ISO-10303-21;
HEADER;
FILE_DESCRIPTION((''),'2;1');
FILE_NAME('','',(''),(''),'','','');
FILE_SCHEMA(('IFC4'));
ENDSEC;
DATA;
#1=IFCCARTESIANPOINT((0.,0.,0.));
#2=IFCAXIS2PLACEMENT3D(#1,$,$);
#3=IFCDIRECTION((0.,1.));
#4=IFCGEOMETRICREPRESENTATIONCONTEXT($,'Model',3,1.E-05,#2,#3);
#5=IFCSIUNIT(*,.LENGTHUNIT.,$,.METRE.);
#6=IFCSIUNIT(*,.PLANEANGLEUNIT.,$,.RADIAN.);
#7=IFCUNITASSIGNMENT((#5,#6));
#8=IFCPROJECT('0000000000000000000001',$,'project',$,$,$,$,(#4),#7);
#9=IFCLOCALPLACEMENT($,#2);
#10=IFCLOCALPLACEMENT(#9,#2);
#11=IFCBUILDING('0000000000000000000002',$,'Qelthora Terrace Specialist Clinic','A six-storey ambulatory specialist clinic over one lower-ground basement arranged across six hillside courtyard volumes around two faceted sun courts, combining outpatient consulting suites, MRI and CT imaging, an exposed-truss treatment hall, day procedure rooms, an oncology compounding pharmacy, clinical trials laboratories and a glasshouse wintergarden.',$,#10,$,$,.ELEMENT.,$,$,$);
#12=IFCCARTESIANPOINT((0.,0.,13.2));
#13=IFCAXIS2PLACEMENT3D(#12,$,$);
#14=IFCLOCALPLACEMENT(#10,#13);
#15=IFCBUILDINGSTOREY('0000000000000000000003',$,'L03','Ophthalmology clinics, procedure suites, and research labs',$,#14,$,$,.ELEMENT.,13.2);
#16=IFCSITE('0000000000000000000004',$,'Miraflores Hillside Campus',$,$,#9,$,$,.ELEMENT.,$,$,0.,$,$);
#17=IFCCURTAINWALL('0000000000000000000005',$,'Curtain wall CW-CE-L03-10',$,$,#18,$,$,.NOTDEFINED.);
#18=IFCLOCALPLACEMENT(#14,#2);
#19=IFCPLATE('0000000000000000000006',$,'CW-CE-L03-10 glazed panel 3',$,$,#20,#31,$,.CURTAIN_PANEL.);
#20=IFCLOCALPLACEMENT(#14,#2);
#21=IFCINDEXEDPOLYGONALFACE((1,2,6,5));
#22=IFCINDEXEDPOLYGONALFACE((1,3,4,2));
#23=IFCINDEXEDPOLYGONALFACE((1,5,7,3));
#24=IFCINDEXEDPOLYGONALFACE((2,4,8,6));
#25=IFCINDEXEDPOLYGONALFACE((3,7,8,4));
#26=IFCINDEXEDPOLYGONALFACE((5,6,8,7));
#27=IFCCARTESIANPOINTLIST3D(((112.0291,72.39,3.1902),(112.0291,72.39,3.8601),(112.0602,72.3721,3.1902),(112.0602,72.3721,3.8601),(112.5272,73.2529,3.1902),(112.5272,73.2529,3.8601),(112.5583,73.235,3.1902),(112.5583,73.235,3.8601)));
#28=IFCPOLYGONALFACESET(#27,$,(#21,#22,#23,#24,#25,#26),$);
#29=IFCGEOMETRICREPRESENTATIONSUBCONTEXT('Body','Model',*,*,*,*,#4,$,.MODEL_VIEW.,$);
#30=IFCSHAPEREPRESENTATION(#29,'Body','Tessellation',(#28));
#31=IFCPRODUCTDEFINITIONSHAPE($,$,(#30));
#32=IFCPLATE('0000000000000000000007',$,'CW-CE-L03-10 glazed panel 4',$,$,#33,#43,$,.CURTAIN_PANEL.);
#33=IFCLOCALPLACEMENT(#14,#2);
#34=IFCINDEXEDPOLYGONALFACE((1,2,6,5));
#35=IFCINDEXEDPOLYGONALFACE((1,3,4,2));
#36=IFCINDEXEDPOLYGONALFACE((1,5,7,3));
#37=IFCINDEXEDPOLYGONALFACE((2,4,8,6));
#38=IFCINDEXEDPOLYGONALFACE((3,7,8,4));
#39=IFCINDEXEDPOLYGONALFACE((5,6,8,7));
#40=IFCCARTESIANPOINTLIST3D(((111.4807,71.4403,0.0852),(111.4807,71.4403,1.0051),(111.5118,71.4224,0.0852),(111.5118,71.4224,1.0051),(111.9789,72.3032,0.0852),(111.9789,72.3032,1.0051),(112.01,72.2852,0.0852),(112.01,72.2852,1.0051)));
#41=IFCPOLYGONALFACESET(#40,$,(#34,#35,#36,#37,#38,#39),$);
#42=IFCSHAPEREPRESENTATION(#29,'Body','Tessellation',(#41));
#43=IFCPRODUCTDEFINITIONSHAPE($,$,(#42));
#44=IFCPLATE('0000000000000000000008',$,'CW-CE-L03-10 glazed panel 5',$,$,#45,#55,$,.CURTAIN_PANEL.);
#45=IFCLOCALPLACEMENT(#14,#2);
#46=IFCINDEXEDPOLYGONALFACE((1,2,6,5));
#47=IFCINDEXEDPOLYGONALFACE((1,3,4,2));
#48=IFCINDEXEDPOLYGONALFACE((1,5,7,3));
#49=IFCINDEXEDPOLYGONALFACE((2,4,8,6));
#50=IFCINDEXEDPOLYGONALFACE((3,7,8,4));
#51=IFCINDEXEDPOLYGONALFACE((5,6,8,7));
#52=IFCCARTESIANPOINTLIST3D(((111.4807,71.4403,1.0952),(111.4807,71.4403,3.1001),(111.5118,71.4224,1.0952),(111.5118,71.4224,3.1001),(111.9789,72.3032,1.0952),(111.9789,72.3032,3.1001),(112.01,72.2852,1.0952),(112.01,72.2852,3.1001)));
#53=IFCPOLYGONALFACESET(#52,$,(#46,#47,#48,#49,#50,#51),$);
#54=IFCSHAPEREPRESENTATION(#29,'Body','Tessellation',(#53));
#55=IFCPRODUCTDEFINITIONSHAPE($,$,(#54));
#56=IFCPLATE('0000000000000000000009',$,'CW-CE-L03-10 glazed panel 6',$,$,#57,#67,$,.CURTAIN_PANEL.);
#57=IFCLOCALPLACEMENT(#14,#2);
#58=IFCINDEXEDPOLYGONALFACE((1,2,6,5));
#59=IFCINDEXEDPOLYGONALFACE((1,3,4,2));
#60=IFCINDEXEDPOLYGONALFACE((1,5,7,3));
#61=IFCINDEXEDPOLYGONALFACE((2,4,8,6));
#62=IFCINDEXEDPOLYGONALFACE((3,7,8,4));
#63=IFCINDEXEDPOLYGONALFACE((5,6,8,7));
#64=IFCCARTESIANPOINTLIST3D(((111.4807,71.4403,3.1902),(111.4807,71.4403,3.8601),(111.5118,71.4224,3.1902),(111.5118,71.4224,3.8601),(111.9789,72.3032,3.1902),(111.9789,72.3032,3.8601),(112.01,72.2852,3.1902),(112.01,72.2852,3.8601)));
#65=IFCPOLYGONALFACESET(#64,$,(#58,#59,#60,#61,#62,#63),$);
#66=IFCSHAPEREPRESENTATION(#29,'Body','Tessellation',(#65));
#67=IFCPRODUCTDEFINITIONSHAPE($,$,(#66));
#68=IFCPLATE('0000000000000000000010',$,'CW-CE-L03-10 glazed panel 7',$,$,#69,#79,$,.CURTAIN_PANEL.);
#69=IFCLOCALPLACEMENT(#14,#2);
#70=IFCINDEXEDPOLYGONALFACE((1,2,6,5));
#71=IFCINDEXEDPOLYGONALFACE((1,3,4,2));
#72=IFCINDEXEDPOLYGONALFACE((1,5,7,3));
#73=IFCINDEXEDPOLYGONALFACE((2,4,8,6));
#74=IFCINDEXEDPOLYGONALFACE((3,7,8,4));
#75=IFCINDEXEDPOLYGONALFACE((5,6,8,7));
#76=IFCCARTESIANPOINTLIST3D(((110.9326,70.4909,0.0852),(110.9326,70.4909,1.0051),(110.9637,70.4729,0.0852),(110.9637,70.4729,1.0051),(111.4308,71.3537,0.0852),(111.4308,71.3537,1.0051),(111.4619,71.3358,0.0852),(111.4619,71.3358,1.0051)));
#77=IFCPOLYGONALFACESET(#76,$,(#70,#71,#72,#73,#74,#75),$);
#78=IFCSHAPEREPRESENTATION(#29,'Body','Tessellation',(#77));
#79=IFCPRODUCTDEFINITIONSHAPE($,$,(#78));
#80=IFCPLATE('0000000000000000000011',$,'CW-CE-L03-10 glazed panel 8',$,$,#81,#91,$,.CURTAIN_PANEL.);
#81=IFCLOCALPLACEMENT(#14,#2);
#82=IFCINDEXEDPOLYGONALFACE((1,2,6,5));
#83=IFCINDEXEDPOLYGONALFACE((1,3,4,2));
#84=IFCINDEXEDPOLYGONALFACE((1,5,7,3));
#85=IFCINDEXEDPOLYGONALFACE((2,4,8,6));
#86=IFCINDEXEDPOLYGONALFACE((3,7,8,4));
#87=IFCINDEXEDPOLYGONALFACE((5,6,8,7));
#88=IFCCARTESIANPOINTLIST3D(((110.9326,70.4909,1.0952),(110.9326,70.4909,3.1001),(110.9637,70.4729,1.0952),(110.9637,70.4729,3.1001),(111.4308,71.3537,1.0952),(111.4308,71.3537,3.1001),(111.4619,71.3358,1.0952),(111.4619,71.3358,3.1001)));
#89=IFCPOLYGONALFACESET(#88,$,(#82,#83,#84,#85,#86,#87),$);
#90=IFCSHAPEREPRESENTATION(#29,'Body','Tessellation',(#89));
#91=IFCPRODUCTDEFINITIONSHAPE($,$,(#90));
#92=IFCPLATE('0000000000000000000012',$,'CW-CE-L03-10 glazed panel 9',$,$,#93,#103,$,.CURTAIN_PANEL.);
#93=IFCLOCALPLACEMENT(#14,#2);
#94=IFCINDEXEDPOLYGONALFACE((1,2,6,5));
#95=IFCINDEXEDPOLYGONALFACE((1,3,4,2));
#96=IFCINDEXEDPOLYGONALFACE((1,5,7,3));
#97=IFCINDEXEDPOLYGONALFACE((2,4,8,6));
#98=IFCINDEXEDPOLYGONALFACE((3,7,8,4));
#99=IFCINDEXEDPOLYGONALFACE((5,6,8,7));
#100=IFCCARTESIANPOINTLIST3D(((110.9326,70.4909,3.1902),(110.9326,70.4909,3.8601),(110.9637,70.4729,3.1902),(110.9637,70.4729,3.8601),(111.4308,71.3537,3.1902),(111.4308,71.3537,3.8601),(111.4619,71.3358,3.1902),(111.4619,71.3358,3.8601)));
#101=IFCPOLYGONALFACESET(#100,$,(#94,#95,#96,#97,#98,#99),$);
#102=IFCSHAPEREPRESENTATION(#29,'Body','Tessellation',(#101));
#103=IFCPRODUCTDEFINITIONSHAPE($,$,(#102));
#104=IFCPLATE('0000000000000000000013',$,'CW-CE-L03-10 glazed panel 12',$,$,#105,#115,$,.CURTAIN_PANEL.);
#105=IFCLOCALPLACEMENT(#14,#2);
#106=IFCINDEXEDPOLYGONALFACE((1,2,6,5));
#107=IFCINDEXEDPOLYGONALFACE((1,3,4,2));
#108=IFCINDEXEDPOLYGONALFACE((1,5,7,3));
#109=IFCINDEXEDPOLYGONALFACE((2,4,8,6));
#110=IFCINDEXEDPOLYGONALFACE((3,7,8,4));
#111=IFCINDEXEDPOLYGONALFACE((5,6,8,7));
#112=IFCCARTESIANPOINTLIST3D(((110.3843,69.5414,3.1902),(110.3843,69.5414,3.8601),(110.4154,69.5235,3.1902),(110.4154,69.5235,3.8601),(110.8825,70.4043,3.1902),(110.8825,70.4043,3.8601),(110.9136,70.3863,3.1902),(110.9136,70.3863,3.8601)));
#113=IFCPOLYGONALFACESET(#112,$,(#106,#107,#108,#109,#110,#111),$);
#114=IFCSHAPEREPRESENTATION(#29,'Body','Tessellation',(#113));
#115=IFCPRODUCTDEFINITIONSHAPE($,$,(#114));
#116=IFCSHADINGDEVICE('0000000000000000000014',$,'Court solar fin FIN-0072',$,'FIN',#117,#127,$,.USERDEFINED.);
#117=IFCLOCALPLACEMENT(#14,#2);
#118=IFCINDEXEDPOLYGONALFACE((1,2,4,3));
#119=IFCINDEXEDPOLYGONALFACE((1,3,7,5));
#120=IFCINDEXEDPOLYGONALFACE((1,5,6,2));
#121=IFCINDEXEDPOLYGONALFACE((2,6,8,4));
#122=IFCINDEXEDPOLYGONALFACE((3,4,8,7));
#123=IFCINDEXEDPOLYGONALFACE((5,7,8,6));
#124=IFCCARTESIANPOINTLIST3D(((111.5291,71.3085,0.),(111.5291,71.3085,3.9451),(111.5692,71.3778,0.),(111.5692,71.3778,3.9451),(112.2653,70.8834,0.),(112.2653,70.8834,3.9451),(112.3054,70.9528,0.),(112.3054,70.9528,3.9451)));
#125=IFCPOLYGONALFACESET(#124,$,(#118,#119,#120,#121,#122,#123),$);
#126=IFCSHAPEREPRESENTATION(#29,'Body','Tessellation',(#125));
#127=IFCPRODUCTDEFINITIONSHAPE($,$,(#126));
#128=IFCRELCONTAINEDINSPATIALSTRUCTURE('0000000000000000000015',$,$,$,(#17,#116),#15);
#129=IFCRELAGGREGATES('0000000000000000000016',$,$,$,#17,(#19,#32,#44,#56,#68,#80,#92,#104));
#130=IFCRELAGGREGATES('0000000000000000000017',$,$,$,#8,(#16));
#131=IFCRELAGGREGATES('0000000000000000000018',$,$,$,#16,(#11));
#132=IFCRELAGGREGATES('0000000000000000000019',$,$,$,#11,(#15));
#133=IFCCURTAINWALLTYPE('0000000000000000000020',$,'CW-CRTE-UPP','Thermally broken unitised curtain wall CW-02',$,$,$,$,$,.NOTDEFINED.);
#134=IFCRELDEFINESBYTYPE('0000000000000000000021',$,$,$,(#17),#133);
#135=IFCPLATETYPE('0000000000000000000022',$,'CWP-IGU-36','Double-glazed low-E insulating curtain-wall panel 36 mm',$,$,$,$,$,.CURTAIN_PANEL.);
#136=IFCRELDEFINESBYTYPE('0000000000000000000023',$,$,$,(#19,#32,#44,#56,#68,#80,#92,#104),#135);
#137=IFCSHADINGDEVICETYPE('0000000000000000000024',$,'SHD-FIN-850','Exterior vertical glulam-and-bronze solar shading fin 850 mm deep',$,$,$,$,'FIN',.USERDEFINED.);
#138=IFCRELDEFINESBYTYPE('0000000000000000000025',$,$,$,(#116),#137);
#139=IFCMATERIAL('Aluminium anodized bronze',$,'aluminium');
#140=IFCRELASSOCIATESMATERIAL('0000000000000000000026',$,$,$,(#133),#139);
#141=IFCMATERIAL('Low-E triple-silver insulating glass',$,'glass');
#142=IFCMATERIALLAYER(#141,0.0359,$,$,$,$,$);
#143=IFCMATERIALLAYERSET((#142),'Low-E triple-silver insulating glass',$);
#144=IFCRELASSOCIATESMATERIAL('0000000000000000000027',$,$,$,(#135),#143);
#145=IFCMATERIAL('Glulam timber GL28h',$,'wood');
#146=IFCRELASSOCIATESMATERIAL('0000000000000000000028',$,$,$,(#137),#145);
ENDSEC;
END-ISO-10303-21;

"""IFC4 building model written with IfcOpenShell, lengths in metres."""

from ifc_helpers import new_model, si_unit, direction, frame, origin, origin_2d, place, context, subcontext, project, spatial, rectangle, extrude, material, layer, layer_set, type_object, element, aggregate, save


model = new_model("IFC4")

# Units and contexts
model_context = context("Model", 3, precision=1e-05, world=origin(), true_north=direction((0.0, 1.0)))
body_context = subcontext(model_context, "Body", "Model", "MODEL_VIEW")
ifc_project = project(units=[si_unit("LENGTHUNIT", "METRE"), si_unit("PLANEANGLEUNIT", "RADIAN")], contexts=[model_context])

# Site, building, storey
site_placement = place(None, origin())
site = spatial("IfcSite", under=ifc_project, at=site_placement, Name="Miraflores Hillside Campus", CompositionType="ELEMENT", RefElevation=0.0)
building_placement = place(site_placement, origin())
building = spatial("IfcBuilding", under=site, at=building_placement, Name="Qelthora Terrace Specialist Clinic", Description="A six-storey ambulatory specialist clinic over one lower-ground basement arranged across six hillside courtyard volumes around two faceted sun courts, combining outpatient consulting suites, MRI and CT imaging, an exposed-truss treatment hall, day procedure rooms, an oncology compounding pharmacy, clinical trials laboratories and a glasshouse wintergarden.", CompositionType="ELEMENT")
storey_placement = place(building_placement, frame((0.0, 0.0, 13.2)))
storey = spatial("IfcBuildingStorey", under=building, at=storey_placement, Name="L03", Description="Ophthalmology clinics, procedure suites, and research labs", CompositionType="ELEMENT", Elevation=13.2)

# Shared definitions
ifc_material_1 = material(Name="Aluminium anodized bronze", Category="aluminium")
curtain_wall_type = type_object("IfcCurtainWallType", Name="CW-CRTE-UPP", Description="Thermally broken unitised curtain wall CW-02", PredefinedType="NOTDEFINED", material=ifc_material_1)

# Curtain wall
curtain_wall_1_placement = place(storey_placement, origin())
curtain_wall_1 = element("IfcCurtainWall", 1, at=curtain_wall_1_placement, inside=storey, type_object=curtain_wall_type, Name="Curtain wall CW-CE-L03-10", PredefinedType="NOTDEFINED")

# Plates
ifc_material_2 = material(Name="Low-E triple-silver insulating glass", Category="glass")
ifc_layer = layer(ifc_material_2, 0.0359)
ifc_layer_set = layer_set([ifc_layer], Name="Low-E triple-silver insulating glass")
plate_type = type_object("IfcPlateType", Name="CWP-IGU-36", Description="Double-glazed low-E insulating curtain-wall panel 36 mm", PredefinedType="CURTAIN_PANEL", material=ifc_layer_set)
plate_1_placement = place(storey_placement, frame((112.2937, 72.8125, 3.1902), z_axis=(0.0, 0.0, 1.0), x_axis=(-0.5, -0.866025, 0.0)))
plate_1 = element("IfcPlate", 2, at=plate_1_placement, type_object=plate_type, Name="CW-CE-L03-10 glazed panel 3", PredefinedType="CURTAIN_PANEL", context=body_context, shape_type="SweptSolid", body=[
    extrude(rectangle(XDim=0.9963, YDim=0.0359, at=origin_2d()), origin(), (0.0, 0.0, 1.0), 0.6699),
])
plate_2_placement = place(storey_placement, frame((111.7454, 71.8628, 0.0852), z_axis=(0.0, 0.0, 1.0), x_axis=(-0.5, -0.866025, 0.0)))
plate_2 = element("IfcPlate", 3, at=plate_2_placement, type_object=plate_type, Name="CW-CE-L03-10 glazed panel 4", PredefinedType="CURTAIN_PANEL", context=body_context, shape_type="SweptSolid", body=[
    extrude(rectangle(XDim=0.9963, YDim=0.0359, at=origin_2d()), origin(), (0.0, 0.0, 1.0), 0.9199),
])
plate_3_placement = place(storey_placement, frame((111.7454, 71.8628, 1.0952), z_axis=(0.0, 0.0, 1.0), x_axis=(-0.5, -0.866025, 0.0)))
plate_3 = element("IfcPlate", 4, at=plate_3_placement, type_object=plate_type, Name="CW-CE-L03-10 glazed panel 5", PredefinedType="CURTAIN_PANEL", context=body_context, shape_type="SweptSolid", body=[
    extrude(rectangle(XDim=0.9963, YDim=0.0359, at=origin_2d()), origin(), (0.0, 0.0, 1.0), 2.0049),
])
plate_4_placement = place(storey_placement, frame((111.7454, 71.8628, 3.1902), z_axis=(0.0, 0.0, 1.0), x_axis=(-0.5, -0.866025, 0.0)))
plate_4 = element("IfcPlate", 5, at=plate_4_placement, type_object=plate_type, Name="CW-CE-L03-10 glazed panel 6", PredefinedType="CURTAIN_PANEL", context=body_context, shape_type="SweptSolid", body=[
    extrude(rectangle(XDim=0.9963, YDim=0.0359, at=origin_2d()), origin(), (0.0, 0.0, 1.0), 0.6699),
])
plate_5_placement = place(storey_placement, frame((111.1973, 70.9133, 0.0852), z_axis=(0.0, 0.0, 1.0), x_axis=(-0.5, -0.866025, 0.0)))
plate_5 = element("IfcPlate", 6, at=plate_5_placement, type_object=plate_type, Name="CW-CE-L03-10 glazed panel 7", PredefinedType="CURTAIN_PANEL", context=body_context, shape_type="SweptSolid", body=[
    extrude(rectangle(XDim=0.9963, YDim=0.0359, at=origin_2d()), origin(), (0.0, 0.0, 1.0), 0.9199),
])
plate_6_placement = place(storey_placement, frame((111.1973, 70.9133, 1.0952), z_axis=(0.0, 0.0, 1.0), x_axis=(-0.5, -0.866025, 0.0)))
plate_6 = element("IfcPlate", 7, at=plate_6_placement, type_object=plate_type, Name="CW-CE-L03-10 glazed panel 8", PredefinedType="CURTAIN_PANEL", context=body_context, shape_type="SweptSolid", body=[
    extrude(rectangle(XDim=0.9963, YDim=0.0359, at=origin_2d()), origin(), (0.0, 0.0, 1.0), 2.0049),
])
plate_7_placement = place(storey_placement, frame((111.1973, 70.9133, 3.1902), z_axis=(0.0, 0.0, 1.0), x_axis=(-0.5, -0.866025, 0.0)))
plate_7 = element("IfcPlate", 8, at=plate_7_placement, type_object=plate_type, Name="CW-CE-L03-10 glazed panel 9", PredefinedType="CURTAIN_PANEL", context=body_context, shape_type="SweptSolid", body=[
    extrude(rectangle(XDim=0.9963, YDim=0.0359, at=origin_2d()), origin(), (0.0, 0.0, 1.0), 0.6699),
])
plate_8_placement = place(storey_placement, frame((110.6489, 69.9639, 3.1902), z_axis=(0.0, 0.0, 1.0), x_axis=(-0.5, -0.866025, 0.0)))
plate_8 = element("IfcPlate", 9, at=plate_8_placement, type_object=plate_type, Name="CW-CE-L03-10 glazed panel 12", PredefinedType="CURTAIN_PANEL", context=body_context, shape_type="SweptSolid", body=[
    extrude(rectangle(XDim=0.9963, YDim=0.0359, at=origin_2d()), origin(), (0.0, 0.0, 1.0), 0.6699),
])
aggregate(curtain_wall_1, [plate_1, plate_2, plate_3, plate_4, plate_5, plate_6, plate_7, plate_8])

# Shading device
ifc_material_3 = material(Name="Glulam timber GL28h", Category="wood")
shading_device_type = type_object("IfcShadingDeviceType", Name="SHD-FIN-850", Description="Exterior vertical glulam-and-bronze solar shading fin 850 mm deep", ElementType="FIN", PredefinedType="USERDEFINED", material=ifc_material_3)
shading_device_placement = place(storey_placement, frame((111.9172, 71.1306, 0.0), z_axis=(0.0, 0.0, 1.0), x_axis=(0.866025, -0.5, 0.0)))
element("IfcShadingDevice", 10, at=shading_device_placement, inside=storey, type_object=shading_device_type, Name="Court solar fin FIN-0072", ObjectType="FIN", PredefinedType="USERDEFINED", context=body_context, shape_type="SweptSolid", body=[
    extrude(rectangle(XDim=0.8501, YDim=0.0801, at=origin_2d()), origin(), (0.0, 0.0, 1.0), 3.9451),
])

save(model, "model.ifc")
